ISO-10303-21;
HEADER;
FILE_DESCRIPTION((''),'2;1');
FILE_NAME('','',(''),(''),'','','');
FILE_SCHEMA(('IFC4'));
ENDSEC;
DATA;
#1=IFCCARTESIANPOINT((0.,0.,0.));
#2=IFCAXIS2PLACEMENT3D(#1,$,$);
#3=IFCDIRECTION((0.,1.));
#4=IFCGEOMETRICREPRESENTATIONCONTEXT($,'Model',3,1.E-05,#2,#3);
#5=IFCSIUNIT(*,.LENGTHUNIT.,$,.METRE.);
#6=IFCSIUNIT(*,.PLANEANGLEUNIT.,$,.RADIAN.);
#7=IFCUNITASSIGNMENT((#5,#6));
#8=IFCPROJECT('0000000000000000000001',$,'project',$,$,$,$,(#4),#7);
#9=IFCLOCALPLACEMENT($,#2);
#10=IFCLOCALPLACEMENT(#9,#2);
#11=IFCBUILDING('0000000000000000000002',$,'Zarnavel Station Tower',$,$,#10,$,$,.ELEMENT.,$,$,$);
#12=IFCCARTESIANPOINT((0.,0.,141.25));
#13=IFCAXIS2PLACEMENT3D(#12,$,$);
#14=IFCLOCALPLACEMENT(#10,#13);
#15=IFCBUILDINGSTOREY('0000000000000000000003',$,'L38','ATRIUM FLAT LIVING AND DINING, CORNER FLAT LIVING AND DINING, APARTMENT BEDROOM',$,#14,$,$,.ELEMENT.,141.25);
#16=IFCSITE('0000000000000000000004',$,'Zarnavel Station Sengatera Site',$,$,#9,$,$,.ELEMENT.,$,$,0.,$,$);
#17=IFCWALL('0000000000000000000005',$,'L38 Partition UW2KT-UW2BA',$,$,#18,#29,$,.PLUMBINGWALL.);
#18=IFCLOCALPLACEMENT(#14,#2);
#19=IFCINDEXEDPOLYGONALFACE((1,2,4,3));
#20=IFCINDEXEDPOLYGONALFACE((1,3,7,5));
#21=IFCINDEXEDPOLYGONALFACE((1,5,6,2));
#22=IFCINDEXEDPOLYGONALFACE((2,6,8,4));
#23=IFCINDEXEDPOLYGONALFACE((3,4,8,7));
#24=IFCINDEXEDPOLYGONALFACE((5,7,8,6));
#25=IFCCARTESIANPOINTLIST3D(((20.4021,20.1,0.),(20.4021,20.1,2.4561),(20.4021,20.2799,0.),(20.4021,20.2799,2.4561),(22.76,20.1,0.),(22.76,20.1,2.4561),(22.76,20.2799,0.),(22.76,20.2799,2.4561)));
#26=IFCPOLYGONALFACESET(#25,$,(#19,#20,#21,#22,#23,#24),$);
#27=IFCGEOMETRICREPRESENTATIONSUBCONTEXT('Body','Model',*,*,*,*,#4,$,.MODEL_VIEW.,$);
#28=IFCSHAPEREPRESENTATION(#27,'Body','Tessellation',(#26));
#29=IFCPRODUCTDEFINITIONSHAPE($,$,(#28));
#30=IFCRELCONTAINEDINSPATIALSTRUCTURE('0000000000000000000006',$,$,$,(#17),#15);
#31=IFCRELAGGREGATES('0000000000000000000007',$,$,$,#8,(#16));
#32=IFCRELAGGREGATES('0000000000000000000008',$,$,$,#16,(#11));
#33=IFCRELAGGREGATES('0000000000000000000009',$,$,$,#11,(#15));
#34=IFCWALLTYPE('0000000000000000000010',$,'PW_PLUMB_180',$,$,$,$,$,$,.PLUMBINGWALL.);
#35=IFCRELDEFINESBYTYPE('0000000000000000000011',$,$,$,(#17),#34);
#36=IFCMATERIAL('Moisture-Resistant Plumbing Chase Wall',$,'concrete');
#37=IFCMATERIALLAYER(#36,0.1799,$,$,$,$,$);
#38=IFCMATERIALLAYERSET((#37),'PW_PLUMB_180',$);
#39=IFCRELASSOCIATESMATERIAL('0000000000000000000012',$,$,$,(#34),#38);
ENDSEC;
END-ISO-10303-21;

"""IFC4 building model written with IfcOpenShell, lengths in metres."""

from ifc_helpers import new_model, si_unit, direction, frame, frame_2d, origin, place, context, subcontext, project, spatial, rectangle, extrude, material, layer, layer_set, type_object, element, save


model = new_model("IFC4")

# Units and contexts
model_context = context("Model", 3, precision=1e-05, world=origin(), true_north=direction((0.0, 1.0)))
body_context = subcontext(model_context, "Body", "Model", "MODEL_VIEW")
ifc_project = project(units=[si_unit("LENGTHUNIT", "METRE"), si_unit("PLANEANGLEUNIT", "RADIAN")], contexts=[model_context])

# Site, building, storey
site_placement = place(None, origin())
site = spatial("IfcSite", under=ifc_project, at=site_placement, Name="Zarnavel Station Sengatera Site", CompositionType="ELEMENT", RefElevation=0.0)
building_placement = place(site_placement, origin())
building = spatial("IfcBuilding", under=site, at=building_placement, Name="Zarnavel Station Tower", CompositionType="ELEMENT")
storey_placement = place(building_placement, frame((0.0, 0.0, 141.25)))
storey = spatial("IfcBuildingStorey", under=building, at=storey_placement, Name="L38", Description="ATRIUM FLAT LIVING AND DINING, CORNER FLAT LIVING AND DINING, APARTMENT BEDROOM", CompositionType="ELEMENT", Elevation=141.25)

# Shared definitions
ifc_material_1 = material(Name="Moisture-Resistant Plumbing Chase Wall", Category="concrete")
ifc_layer_1 = layer(ifc_material_1, 0.1799)
ifc_layer_set_1 = layer_set([ifc_layer_1], Name="PW_PLUMB_180")
wall_type_1 = type_object("IfcWallType", Name="PW_PLUMB_180", PredefinedType="PLUMBINGWALL", material=ifc_layer_set_1)

# Wall
wall_1_placement = place(storey_placement, frame((20.4021, 20.1899, 0.0), z_axis=(0.0, 0.0, 1.0), x_axis=(1.0, 0.0, 0.0)))
element("IfcWall", 1, at=wall_1_placement, inside=storey, type_object=wall_type_1, Name="L38 Partition UW2KT-UW2BA", PredefinedType="PLUMBINGWALL", context=body_context, shape_type="SweptSolid", body=[
    extrude(rectangle(XDim=2.3579, YDim=0.1799, at=frame_2d((1.179, 0.0))), origin(), (0.0, 0.0, 1.0), 2.4561),
])

save(model, "model.ifc")
